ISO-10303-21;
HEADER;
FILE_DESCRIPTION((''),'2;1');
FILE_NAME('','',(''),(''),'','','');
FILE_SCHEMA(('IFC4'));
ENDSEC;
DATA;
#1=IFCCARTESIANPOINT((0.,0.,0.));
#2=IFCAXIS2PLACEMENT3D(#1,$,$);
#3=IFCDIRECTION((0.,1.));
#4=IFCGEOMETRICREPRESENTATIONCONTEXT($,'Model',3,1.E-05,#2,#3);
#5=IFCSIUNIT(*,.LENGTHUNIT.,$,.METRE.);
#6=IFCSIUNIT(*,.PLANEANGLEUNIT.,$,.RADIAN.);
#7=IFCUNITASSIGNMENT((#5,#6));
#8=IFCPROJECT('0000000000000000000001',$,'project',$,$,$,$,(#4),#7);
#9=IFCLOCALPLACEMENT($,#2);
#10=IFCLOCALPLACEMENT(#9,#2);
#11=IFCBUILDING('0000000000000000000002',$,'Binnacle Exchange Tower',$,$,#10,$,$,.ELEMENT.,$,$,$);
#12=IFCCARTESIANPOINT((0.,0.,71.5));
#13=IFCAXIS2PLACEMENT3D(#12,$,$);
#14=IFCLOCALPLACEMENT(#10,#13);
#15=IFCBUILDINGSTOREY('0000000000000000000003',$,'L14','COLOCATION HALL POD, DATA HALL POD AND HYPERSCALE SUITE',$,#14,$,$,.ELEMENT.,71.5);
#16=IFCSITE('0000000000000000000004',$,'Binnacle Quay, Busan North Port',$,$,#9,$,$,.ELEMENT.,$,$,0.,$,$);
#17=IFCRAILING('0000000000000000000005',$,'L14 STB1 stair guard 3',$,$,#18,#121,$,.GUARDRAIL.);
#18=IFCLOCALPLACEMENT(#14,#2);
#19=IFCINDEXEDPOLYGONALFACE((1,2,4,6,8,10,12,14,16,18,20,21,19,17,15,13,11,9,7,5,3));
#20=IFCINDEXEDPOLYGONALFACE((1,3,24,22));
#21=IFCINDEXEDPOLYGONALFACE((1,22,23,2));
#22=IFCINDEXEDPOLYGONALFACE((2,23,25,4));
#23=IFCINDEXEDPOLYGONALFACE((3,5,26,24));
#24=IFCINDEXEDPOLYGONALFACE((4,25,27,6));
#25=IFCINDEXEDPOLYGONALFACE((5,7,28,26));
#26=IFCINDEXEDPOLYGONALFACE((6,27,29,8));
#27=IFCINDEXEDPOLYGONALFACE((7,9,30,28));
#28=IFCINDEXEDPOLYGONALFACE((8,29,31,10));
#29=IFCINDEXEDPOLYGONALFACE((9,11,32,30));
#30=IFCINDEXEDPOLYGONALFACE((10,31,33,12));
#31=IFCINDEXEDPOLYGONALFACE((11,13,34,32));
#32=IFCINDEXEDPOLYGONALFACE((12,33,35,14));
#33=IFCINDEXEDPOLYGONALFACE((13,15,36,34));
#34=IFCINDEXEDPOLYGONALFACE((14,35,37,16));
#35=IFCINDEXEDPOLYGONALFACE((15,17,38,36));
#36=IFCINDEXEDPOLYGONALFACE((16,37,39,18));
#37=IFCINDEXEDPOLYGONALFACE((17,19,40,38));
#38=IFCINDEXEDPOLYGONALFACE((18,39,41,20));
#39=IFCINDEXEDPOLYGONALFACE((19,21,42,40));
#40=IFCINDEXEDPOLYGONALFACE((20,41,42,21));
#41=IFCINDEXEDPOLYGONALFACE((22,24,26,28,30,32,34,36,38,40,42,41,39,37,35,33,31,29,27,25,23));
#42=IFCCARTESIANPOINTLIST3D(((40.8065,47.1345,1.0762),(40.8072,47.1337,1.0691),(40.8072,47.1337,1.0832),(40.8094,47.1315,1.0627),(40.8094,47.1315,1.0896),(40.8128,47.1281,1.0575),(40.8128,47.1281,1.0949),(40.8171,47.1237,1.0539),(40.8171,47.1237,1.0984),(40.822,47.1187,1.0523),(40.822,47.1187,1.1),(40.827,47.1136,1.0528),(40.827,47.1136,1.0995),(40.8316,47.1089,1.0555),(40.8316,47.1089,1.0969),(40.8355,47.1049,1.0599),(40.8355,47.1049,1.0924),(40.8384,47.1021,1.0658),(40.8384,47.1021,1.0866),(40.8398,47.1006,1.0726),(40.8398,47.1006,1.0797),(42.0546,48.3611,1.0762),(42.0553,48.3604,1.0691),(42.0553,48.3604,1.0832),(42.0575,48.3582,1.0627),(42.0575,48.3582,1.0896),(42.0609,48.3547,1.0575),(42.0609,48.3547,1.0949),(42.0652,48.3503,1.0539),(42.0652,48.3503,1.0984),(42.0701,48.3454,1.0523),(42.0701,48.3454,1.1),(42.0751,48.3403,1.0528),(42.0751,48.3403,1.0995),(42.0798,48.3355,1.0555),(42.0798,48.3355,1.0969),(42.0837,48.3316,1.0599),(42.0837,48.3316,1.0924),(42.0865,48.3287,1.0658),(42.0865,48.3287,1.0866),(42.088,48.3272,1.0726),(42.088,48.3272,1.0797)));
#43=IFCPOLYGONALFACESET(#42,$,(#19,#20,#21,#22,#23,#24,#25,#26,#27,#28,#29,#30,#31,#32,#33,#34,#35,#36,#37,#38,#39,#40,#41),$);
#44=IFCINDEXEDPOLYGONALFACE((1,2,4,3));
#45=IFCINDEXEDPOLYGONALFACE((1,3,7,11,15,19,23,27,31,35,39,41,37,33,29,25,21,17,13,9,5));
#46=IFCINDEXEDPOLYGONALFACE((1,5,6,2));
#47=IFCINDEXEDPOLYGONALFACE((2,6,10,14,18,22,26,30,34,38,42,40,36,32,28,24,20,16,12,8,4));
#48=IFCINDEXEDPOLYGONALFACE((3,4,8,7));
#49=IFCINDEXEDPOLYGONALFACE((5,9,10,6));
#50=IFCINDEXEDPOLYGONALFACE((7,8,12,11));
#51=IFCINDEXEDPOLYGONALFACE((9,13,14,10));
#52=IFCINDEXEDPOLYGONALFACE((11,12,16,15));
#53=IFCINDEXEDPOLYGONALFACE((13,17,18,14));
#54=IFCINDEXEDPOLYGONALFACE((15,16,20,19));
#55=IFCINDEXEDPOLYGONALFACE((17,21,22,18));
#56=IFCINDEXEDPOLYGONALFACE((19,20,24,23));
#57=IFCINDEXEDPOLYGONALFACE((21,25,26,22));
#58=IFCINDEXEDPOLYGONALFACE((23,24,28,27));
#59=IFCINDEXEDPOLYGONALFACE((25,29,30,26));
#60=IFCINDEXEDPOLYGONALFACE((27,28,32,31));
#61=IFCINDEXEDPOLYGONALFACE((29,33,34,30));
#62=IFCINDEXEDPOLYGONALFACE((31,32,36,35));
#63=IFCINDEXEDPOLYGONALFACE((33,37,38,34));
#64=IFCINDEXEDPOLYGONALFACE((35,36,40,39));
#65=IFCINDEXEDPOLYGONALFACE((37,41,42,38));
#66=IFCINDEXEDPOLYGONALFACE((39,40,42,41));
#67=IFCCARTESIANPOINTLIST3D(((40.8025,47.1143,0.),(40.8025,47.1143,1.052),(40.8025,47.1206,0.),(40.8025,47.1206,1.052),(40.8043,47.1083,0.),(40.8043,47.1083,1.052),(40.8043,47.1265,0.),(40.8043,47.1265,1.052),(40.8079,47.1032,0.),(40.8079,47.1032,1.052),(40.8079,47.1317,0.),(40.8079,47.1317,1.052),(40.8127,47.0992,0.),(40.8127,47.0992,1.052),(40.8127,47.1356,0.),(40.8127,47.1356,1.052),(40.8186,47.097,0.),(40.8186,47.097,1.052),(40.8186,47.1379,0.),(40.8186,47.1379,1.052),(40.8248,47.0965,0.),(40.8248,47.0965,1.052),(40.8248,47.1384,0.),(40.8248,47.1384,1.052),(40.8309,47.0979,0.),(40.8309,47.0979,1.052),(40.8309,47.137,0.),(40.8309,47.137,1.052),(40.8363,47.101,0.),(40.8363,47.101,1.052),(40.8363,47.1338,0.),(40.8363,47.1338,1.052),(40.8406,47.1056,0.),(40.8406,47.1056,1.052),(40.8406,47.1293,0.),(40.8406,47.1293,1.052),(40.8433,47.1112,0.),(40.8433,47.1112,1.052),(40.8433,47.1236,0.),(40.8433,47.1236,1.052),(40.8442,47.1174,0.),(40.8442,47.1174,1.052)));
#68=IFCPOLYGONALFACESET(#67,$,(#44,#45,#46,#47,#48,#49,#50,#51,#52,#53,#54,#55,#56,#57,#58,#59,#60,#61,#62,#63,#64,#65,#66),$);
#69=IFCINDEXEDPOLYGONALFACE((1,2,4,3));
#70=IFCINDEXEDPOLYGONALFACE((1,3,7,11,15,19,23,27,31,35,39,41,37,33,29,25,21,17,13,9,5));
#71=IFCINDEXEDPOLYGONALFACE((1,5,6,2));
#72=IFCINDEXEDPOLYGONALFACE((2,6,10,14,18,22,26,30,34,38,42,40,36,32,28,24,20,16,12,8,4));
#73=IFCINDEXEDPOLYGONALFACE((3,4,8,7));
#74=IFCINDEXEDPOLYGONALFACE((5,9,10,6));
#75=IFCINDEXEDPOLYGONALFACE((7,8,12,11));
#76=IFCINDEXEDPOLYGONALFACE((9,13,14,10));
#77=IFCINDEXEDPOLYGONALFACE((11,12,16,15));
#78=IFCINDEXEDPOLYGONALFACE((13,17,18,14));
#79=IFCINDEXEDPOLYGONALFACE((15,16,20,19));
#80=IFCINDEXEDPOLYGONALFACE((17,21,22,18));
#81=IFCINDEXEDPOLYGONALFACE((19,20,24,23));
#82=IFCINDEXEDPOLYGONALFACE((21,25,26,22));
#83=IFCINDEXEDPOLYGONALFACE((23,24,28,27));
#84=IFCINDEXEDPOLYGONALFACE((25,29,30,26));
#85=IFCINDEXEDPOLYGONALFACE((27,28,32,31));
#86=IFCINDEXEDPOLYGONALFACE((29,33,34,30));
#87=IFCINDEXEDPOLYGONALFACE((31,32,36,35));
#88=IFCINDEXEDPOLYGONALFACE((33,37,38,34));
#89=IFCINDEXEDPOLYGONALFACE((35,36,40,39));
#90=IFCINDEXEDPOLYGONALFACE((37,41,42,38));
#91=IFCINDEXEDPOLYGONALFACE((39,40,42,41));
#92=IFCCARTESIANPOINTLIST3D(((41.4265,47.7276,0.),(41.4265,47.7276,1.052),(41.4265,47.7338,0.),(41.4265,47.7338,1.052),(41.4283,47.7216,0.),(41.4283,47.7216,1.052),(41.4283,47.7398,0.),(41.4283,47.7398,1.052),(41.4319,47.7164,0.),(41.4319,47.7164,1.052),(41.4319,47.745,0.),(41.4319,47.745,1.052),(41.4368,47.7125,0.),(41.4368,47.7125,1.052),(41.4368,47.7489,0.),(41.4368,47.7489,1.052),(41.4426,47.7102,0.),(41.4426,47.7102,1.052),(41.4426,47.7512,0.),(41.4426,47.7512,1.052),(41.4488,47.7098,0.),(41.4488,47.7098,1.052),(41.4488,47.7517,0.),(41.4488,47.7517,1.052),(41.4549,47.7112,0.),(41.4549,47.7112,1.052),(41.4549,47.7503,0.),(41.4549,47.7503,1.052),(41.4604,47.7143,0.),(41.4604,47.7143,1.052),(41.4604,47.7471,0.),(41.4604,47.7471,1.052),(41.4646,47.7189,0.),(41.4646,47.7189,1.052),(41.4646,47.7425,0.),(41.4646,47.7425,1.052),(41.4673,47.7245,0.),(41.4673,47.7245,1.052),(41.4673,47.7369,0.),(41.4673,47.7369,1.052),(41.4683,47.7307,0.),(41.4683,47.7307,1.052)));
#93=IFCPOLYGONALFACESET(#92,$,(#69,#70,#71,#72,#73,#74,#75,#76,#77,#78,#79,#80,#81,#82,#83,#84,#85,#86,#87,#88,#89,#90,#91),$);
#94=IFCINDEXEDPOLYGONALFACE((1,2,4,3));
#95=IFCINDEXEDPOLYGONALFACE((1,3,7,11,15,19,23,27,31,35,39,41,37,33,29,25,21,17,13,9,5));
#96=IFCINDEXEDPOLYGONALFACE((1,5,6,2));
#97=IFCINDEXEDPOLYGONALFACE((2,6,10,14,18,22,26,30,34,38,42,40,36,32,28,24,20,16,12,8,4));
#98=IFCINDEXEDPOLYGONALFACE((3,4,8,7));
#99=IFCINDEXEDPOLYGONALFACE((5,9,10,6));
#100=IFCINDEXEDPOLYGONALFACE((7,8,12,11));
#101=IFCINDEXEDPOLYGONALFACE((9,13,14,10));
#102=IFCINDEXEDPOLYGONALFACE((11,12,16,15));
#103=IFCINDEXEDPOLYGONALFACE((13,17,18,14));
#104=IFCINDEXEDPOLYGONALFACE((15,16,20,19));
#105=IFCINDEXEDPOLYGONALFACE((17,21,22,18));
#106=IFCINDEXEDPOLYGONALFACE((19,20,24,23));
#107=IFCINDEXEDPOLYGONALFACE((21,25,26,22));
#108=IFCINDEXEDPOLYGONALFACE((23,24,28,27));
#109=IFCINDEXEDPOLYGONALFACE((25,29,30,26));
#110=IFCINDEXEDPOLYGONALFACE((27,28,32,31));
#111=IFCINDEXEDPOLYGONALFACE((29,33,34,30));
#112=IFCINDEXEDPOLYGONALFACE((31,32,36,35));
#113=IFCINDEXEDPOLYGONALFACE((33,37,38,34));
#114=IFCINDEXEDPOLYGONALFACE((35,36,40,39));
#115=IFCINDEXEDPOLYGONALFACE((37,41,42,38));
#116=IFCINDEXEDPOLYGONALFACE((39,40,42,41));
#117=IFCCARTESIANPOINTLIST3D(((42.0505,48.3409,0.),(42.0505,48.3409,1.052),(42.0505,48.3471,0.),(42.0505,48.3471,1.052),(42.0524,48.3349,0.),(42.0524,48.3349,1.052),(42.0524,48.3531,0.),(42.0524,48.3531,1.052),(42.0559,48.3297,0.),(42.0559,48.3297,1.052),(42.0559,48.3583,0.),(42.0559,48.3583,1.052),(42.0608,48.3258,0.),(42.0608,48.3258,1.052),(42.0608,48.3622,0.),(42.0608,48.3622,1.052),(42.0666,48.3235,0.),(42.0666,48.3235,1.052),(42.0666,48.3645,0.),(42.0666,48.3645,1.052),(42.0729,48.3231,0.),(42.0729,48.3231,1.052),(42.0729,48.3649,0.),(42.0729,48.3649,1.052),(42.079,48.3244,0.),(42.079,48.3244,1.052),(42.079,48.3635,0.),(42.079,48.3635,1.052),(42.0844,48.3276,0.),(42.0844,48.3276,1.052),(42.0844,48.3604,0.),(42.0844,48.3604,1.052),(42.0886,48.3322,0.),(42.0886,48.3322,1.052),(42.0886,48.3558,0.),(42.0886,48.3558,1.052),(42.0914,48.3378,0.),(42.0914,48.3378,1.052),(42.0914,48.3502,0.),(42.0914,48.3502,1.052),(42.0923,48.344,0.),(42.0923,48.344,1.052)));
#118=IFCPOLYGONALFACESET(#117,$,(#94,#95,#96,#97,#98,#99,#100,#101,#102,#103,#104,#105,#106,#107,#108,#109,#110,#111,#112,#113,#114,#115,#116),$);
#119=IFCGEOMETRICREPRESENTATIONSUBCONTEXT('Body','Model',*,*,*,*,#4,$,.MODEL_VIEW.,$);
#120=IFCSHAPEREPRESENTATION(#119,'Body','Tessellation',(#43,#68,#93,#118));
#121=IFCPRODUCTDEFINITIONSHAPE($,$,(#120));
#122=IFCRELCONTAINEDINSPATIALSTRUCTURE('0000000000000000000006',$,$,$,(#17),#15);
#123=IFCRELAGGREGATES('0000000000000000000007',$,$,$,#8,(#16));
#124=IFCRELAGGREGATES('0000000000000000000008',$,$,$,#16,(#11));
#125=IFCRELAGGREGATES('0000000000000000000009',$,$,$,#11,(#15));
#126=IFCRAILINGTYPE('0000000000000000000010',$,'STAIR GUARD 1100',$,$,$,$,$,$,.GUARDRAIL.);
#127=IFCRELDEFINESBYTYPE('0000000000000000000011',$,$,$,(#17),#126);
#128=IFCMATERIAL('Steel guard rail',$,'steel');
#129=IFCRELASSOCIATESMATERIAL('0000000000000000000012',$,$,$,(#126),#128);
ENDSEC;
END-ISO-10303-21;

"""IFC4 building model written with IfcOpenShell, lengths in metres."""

from ifc_helpers import new_model, si_unit, direction, frame, origin, origin_2d, place, context, subcontext, project, spatial, circle, extrude, material, type_object, element, save


model = new_model("IFC4")

# Units and contexts
model_context = context("Model", 3, precision=1e-05, world=origin(), true_north=direction((0.0, 1.0)))
body_context = subcontext(model_context, "Body", "Model", "MODEL_VIEW")
ifc_project = project(units=[si_unit("LENGTHUNIT", "METRE"), si_unit("PLANEANGLEUNIT", "RADIAN")], contexts=[model_context])

# Site, building, storey
site_placement = place(None, origin())
site = spatial("IfcSite", under=ifc_project, at=site_placement, Name="Binnacle Quay, Busan North Port", CompositionType="ELEMENT", RefElevation=0.0)
building_placement = place(site_placement, origin())
building = spatial("IfcBuilding", under=site, at=building_placement, Name="Binnacle Exchange Tower", CompositionType="ELEMENT")
storey_placement = place(building_placement, frame((0.0, 0.0, 71.5)))
storey = spatial("IfcBuildingStorey", under=building, at=storey_placement, Name="L14", Description="COLOCATION HALL POD, DATA HALL POD AND HYPERSCALE SUITE", CompositionType="ELEMENT", Elevation=71.5)

# Railing
ifc_material_1 = material(Name="Steel guard rail", Category="steel")
railing_type_1 = type_object("IfcRailingType", Name="STAIR GUARD 1100", PredefinedType="GUARDRAIL", material=ifc_material_1)
railing_1_placement = place(storey_placement, frame((40.8232, 47.1174, 0.0)))
element("IfcRailing", 1, at=railing_1_placement, inside=storey, type_object=railing_type_1, Name="L14 STB1 stair guard 3", PredefinedType="GUARDRAIL", context=body_context, shape_type="SweptSolid", body=[
    extrude(circle(Radius=0.0239, at=origin_2d()), frame((0.0, 0.0, 1.0762), z_axis=(0.713219, 0.700941, 0.0), x_axis=(-0.700941, 0.713219, 0.0)), (0.0, 0.0, 1.0), 1.75),
    extrude(circle(Radius=0.021, at=origin_2d()), origin(), (0.0, 0.0, 1.0), 1.052),
    extrude(circle(Radius=0.021, at=origin_2d()), frame((0.624, 0.6133, 0.0)), (0.0, 0.0, 1.0), 1.052),
    extrude(circle(Radius=0.021, at=origin_2d()), frame((1.248, 1.2266, 0.0)), (0.0, 0.0, 1.0), 1.052),
])

save(model, "model.ifc")
